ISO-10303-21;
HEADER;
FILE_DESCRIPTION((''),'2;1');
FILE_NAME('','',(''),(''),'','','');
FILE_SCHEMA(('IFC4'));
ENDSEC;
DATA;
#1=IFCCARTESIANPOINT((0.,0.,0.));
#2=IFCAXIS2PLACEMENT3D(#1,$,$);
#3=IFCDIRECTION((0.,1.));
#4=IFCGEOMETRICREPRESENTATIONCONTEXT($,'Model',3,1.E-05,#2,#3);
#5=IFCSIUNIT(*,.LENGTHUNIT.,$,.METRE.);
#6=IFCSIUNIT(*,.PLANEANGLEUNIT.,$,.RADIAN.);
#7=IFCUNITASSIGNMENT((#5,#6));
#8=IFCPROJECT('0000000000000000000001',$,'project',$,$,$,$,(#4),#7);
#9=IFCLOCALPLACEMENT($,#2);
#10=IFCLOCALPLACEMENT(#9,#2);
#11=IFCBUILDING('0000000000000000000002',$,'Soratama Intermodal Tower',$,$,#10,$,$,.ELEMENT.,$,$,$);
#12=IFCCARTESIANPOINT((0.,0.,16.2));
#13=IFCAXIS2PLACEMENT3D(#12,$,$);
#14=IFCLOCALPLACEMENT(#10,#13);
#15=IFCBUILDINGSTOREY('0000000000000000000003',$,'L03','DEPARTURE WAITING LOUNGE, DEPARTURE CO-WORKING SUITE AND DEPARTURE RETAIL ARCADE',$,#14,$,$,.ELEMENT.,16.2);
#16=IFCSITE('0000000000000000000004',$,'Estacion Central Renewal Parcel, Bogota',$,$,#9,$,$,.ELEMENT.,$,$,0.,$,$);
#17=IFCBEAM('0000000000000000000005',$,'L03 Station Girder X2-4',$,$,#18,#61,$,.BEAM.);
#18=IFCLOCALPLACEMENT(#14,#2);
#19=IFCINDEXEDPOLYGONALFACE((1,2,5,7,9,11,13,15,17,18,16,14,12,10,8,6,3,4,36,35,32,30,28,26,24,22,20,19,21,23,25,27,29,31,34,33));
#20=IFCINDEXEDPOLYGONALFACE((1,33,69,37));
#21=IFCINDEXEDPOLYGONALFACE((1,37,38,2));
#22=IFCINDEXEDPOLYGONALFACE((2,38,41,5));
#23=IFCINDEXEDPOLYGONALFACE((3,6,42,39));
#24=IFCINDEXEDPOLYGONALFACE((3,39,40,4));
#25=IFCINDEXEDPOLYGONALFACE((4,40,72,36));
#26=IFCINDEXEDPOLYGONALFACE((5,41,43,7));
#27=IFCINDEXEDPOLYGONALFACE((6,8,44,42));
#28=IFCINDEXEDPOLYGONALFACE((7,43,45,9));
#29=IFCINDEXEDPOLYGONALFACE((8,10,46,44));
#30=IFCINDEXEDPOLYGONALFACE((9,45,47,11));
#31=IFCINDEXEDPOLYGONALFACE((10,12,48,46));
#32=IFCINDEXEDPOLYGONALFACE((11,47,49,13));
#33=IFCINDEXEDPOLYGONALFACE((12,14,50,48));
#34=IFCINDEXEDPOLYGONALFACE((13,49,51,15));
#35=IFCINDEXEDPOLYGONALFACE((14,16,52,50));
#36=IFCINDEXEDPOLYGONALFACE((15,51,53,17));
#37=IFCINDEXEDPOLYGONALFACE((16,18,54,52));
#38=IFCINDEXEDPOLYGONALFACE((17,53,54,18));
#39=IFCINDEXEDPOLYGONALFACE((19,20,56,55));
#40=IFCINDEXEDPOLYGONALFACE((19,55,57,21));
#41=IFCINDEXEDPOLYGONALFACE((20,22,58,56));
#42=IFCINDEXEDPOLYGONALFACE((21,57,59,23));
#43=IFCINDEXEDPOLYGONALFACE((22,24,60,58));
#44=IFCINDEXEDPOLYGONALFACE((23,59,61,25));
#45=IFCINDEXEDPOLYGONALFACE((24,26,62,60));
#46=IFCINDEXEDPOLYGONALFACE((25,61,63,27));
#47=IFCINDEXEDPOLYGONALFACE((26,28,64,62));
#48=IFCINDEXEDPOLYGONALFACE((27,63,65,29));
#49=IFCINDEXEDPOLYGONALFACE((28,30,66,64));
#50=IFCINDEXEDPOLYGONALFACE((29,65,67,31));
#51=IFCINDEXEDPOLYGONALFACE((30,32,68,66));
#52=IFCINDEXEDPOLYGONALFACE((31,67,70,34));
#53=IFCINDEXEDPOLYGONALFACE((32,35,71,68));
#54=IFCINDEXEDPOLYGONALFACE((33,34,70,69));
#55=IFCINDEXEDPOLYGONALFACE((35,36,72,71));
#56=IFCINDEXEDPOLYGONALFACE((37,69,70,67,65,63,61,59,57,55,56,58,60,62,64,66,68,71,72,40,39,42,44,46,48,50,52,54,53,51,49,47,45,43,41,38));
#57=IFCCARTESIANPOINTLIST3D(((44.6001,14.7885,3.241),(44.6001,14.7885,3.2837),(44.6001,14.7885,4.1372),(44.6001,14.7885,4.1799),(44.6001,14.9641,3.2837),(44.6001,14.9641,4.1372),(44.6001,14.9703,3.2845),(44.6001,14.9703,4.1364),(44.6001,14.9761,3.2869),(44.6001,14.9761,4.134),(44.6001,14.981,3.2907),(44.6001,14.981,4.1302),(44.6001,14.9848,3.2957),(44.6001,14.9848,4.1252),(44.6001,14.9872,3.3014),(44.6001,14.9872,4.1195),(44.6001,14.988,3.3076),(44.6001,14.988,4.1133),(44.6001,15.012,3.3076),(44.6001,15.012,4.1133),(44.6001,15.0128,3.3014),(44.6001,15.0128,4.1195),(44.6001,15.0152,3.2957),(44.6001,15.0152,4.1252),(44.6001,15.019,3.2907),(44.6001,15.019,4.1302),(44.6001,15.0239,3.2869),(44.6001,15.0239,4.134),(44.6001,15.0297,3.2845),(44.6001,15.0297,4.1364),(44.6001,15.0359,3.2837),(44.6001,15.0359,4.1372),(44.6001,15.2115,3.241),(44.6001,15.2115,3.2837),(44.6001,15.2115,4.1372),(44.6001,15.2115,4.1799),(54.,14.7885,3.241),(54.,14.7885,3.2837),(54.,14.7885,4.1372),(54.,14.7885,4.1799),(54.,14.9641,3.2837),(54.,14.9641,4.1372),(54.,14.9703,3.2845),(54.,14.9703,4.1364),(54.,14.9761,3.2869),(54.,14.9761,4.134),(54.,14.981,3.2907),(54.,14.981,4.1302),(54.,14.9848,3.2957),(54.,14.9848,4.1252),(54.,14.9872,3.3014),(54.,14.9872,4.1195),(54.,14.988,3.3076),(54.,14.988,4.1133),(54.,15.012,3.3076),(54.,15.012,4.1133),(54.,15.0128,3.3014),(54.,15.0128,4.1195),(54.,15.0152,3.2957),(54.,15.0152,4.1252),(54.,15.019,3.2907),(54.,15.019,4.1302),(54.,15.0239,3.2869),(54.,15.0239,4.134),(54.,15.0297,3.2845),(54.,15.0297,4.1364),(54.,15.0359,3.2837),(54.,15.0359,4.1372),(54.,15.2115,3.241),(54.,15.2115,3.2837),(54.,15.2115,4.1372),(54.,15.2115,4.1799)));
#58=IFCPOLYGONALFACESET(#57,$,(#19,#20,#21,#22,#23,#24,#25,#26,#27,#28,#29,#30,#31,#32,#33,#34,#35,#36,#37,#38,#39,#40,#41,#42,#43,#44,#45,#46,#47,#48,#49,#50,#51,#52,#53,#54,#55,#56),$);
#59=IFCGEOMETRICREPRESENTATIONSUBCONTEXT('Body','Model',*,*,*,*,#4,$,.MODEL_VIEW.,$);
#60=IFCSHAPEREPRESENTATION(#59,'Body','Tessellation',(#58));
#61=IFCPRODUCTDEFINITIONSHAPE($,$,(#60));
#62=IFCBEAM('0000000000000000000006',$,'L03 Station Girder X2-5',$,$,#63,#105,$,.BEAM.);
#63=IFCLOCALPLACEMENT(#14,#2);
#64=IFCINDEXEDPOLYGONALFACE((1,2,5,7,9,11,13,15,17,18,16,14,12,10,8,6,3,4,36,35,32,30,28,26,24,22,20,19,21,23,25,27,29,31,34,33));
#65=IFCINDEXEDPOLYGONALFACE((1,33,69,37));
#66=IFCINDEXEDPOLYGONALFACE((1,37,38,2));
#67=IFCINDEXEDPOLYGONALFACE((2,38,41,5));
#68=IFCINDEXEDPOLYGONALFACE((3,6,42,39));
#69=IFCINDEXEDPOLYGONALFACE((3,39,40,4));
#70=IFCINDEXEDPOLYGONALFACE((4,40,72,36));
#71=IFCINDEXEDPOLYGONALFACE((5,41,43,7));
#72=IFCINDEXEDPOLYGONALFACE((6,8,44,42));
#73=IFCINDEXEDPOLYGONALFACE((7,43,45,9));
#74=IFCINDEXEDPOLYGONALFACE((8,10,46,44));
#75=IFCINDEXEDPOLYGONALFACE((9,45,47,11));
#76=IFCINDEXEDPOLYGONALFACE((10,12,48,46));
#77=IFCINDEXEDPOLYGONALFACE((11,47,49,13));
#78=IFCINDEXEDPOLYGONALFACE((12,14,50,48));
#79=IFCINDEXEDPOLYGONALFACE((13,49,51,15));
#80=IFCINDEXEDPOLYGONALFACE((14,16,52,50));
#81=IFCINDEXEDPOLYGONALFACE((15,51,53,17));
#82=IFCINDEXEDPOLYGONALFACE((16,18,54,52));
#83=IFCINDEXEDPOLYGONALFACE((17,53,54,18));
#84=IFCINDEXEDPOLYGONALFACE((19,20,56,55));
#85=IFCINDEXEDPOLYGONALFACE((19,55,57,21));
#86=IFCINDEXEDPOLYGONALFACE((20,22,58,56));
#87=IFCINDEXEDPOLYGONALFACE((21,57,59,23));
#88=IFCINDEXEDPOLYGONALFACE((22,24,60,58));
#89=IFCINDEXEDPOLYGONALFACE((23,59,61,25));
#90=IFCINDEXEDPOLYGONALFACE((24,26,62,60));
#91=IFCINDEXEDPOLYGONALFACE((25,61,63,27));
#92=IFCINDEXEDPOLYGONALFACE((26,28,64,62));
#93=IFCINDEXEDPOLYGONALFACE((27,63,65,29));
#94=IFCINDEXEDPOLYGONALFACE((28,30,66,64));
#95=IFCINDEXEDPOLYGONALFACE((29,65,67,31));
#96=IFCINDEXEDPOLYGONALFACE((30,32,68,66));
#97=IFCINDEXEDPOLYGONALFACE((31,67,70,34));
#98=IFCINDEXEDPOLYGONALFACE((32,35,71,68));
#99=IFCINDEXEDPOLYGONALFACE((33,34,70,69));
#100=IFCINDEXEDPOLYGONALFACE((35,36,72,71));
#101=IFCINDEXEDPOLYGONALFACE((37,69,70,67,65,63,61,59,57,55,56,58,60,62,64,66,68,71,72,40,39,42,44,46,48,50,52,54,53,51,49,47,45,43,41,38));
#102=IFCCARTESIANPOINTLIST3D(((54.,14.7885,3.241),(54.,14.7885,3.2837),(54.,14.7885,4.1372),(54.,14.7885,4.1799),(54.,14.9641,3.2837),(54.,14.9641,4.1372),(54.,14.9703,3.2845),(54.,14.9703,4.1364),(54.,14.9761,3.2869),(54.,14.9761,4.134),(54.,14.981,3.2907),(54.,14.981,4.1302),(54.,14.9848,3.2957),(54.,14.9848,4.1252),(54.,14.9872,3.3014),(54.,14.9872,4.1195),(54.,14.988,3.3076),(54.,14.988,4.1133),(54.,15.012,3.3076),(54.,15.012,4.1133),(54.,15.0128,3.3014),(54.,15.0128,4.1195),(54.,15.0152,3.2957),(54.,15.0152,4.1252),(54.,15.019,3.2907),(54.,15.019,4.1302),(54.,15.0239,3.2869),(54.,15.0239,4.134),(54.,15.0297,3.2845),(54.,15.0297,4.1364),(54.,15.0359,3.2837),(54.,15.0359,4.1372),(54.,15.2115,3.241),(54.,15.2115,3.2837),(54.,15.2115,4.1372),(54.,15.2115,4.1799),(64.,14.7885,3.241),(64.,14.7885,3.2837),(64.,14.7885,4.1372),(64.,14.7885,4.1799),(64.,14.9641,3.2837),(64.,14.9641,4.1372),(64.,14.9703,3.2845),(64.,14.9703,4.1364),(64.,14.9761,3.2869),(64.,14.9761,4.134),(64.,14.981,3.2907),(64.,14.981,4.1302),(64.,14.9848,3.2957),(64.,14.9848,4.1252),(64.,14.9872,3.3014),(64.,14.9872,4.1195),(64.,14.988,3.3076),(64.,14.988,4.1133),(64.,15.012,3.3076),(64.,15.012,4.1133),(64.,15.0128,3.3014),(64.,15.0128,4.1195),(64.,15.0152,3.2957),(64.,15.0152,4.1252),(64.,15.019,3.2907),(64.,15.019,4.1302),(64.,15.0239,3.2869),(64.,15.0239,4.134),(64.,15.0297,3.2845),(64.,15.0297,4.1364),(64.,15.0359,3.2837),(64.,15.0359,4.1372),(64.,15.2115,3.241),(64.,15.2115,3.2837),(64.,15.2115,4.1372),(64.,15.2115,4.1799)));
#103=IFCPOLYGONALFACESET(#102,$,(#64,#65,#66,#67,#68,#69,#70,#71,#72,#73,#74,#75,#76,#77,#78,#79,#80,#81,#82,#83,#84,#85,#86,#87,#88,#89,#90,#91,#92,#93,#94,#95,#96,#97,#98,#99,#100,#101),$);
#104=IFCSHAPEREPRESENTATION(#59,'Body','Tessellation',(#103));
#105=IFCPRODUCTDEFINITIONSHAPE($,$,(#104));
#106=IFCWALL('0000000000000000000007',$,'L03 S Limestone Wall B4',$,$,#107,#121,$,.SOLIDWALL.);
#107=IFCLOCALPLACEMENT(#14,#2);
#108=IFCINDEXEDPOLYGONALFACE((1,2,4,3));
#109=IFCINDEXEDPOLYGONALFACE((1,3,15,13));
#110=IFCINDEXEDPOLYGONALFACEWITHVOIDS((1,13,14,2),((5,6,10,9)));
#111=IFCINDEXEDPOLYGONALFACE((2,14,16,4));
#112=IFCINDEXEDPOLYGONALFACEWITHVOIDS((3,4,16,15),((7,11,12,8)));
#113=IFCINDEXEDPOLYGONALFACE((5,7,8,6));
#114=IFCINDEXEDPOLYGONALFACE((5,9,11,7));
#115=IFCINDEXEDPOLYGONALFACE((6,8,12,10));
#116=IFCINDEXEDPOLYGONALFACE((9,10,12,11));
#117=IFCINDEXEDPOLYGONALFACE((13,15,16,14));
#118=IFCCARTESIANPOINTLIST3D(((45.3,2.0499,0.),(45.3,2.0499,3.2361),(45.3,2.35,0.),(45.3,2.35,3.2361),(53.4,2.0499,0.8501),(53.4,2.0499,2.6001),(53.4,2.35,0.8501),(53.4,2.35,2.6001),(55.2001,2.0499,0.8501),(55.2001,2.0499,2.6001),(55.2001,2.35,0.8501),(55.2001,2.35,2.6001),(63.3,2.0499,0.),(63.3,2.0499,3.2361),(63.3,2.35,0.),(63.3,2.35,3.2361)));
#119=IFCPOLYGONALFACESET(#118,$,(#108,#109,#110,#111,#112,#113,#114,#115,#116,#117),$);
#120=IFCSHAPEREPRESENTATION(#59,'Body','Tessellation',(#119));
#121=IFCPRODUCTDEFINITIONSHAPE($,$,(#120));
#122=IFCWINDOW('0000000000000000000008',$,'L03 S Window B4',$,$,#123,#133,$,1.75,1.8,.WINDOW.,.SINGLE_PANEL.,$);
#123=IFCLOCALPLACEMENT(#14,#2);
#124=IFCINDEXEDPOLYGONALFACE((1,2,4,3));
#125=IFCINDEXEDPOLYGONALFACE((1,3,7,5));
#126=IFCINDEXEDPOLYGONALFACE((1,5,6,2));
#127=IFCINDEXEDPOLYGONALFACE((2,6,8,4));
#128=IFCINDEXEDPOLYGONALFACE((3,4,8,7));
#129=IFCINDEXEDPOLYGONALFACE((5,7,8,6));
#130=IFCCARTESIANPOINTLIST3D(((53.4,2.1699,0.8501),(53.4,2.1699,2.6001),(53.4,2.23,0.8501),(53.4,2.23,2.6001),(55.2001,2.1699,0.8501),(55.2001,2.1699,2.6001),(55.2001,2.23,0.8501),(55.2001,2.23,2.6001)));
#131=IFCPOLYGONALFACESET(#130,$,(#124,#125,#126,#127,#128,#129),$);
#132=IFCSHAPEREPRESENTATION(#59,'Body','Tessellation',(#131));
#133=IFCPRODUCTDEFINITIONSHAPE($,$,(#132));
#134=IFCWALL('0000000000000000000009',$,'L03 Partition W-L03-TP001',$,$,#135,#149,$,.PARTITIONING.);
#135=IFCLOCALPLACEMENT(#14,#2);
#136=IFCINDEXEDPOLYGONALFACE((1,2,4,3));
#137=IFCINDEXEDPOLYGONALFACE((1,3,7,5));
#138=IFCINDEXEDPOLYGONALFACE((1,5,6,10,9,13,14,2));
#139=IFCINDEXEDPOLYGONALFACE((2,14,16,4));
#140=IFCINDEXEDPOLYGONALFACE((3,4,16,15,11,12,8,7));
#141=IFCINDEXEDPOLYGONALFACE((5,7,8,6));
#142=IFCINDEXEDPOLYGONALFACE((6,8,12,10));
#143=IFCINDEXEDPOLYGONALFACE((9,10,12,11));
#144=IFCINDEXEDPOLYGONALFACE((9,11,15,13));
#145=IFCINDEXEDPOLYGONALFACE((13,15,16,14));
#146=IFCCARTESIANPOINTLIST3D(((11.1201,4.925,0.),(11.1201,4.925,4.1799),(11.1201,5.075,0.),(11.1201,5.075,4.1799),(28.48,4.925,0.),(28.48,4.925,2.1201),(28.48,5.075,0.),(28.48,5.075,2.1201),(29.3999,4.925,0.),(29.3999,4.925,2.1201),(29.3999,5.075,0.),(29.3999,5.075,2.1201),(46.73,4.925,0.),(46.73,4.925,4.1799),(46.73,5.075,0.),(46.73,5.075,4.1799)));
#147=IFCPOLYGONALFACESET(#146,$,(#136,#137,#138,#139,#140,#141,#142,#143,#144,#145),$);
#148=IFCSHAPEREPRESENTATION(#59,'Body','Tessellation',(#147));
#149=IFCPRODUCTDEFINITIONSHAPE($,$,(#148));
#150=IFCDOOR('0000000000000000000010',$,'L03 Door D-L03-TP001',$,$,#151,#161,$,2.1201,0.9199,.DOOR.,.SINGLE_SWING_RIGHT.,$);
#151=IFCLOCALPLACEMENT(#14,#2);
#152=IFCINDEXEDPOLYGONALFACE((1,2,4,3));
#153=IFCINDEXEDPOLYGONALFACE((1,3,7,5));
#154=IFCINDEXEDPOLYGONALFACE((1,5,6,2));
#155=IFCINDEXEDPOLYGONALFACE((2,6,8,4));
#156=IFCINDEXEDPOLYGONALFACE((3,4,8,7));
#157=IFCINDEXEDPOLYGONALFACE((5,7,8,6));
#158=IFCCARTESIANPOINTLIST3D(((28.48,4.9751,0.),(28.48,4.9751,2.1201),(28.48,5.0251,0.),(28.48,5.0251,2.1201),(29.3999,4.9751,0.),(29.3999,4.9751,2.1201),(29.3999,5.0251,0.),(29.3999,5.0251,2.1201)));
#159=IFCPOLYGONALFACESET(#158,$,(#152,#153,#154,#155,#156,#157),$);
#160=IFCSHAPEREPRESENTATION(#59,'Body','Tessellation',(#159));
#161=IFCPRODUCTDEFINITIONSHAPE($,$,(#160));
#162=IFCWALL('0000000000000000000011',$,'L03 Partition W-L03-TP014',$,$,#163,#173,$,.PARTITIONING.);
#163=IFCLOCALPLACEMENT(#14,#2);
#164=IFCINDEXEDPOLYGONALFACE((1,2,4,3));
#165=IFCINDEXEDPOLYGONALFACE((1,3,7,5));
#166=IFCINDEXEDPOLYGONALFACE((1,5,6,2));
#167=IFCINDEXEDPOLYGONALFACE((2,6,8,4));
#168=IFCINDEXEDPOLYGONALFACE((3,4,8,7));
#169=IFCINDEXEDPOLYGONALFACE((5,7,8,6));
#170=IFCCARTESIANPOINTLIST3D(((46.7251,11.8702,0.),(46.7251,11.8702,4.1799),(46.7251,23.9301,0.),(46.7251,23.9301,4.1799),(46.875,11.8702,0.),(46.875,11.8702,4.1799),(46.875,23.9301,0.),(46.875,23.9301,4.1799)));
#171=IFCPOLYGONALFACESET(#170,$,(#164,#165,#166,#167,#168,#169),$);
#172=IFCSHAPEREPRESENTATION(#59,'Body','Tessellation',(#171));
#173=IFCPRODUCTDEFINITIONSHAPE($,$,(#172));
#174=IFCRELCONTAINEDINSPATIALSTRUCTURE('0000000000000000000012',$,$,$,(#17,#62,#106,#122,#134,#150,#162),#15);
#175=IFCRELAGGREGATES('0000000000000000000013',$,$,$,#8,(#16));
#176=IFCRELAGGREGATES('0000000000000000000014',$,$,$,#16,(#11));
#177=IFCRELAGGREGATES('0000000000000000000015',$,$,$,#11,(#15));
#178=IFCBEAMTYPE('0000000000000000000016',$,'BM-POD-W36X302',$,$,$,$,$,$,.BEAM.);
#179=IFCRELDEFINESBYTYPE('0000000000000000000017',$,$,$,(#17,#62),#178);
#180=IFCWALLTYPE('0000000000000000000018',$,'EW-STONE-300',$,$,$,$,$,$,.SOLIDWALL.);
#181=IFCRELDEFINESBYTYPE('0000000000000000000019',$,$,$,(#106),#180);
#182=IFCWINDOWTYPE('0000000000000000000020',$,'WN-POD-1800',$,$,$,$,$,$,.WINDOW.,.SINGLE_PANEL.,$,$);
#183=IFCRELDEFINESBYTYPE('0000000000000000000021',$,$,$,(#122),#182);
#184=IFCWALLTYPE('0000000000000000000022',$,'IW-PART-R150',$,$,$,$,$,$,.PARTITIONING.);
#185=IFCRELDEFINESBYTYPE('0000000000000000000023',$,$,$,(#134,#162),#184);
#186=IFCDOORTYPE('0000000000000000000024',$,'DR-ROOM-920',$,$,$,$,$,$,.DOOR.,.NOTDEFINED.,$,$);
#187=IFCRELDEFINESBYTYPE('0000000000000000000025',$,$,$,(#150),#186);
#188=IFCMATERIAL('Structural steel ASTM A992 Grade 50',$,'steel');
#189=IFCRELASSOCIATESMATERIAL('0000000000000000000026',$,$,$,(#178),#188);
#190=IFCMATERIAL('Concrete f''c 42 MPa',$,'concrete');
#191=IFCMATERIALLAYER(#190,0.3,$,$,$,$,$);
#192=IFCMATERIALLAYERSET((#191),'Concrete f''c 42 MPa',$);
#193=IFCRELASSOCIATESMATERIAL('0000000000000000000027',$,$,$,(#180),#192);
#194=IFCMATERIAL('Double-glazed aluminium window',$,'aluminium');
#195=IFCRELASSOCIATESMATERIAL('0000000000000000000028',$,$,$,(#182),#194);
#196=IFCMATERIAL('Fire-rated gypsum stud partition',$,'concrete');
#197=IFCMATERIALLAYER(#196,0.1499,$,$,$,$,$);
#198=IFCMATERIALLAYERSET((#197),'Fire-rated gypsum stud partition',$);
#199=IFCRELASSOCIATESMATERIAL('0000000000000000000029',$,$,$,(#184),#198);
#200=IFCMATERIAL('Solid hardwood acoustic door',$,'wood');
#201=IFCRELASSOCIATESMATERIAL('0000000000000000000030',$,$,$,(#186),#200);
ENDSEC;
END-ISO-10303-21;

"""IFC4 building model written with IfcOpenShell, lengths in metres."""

from ifc_helpers import new_model, si_unit, direction, frame, frame_2d, origin, origin_2d, place, context, subcontext, project, spatial, rectangle, i_section, extrude, material, layer, layer_set, material_profile, profile_set, type_object, element, fill, save


model = new_model("IFC4")

# Units and contexts
model_context = context("Model", 3, precision=1e-05, world=origin(), true_north=direction((0.0, 1.0)))
body_context = subcontext(model_context, "Body", "Model", "MODEL_VIEW")
ifc_project = project(units=[si_unit("LENGTHUNIT", "METRE"), si_unit("PLANEANGLEUNIT", "RADIAN")], contexts=[model_context])

# Site, building, storey
site_placement = place(None, origin())
site = spatial("IfcSite", under=ifc_project, at=site_placement, Name="Estacion Central Renewal Parcel, Bogota", CompositionType="ELEMENT", RefElevation=0.0)
building_placement = place(site_placement, origin())
building = spatial("IfcBuilding", under=site, at=building_placement, Name="Soratama Intermodal Tower", CompositionType="ELEMENT")
storey_placement = place(building_placement, frame((0.0, 0.0, 16.2)))
storey = spatial("IfcBuildingStorey", under=building, at=storey_placement, Name="L03", Description="DEPARTURE WAITING LOUNGE, DEPARTURE CO-WORKING SUITE AND DEPARTURE RETAIL ARCADE", CompositionType="ELEMENT", Elevation=16.2)

# Beams
ifc_material_1 = material(Name="Structural steel ASTM A992 Grade 50", Category="steel")
ifc_material_profile_1 = material_profile(ifc_material_1, i_section(OverallWidth=0.4231, OverallDepth=0.939, WebThickness=0.0239, FlangeThickness=0.0427, FilletRadius=0.0239, at=origin_2d()), Name="W36X302")
ifc_profile_set_1 = profile_set([ifc_material_profile_1], Name="Structural steel ASTM A992 Grade 50")
beam_type_1 = type_object("IfcBeamType", Name="BM-POD-W36X302", PredefinedType="BEAM", material=ifc_profile_set_1)
beam_1_placement = place(storey_placement, frame((44.6001, 15.0, 3.7104), z_axis=(1.0, 0.0, 0.0), x_axis=(0.0, 1.0, 0.0)))
element("IfcBeam", 1, at=beam_1_placement, inside=storey, type_object=beam_type_1, Name="L03 Station Girder X2-4", PredefinedType="BEAM", context=body_context, shape_type="SweptSolid", body=[
    extrude(i_section(OverallWidth=0.4231, OverallDepth=0.939, WebThickness=0.0239, FlangeThickness=0.0427, FilletRadius=0.0239, at=origin_2d()), origin(), (0.0, 0.0, 1.0), 9.3999),
])
beam_2_placement = place(storey_placement, frame((54.0, 15.0, 3.7104), z_axis=(1.0, 0.0, 0.0), x_axis=(0.0, 1.0, 0.0)))
element("IfcBeam", 2, at=beam_2_placement, inside=storey, type_object=beam_type_1, Name="L03 Station Girder X2-5", PredefinedType="BEAM", context=body_context, shape_type="SweptSolid", body=[
    extrude(i_section(OverallWidth=0.4231, OverallDepth=0.939, WebThickness=0.0239, FlangeThickness=0.0427, FilletRadius=0.0239, at=origin_2d()), origin(), (0.0, 0.0, 1.0), 10.0),
])

# Wall, opening, window
ifc_material_2 = material(Name="Concrete f'c 42 MPa", Category="concrete")
ifc_layer_1 = layer(ifc_material_2, 0.3)
ifc_layer_set_1 = layer_set([ifc_layer_1], Name="Concrete f'c 42 MPa")
wall_type_1 = type_object("IfcWallType", Name="EW-STONE-300", PredefinedType="SOLIDWALL", material=ifc_layer_set_1)
wall_1_placement = place(storey_placement, frame((63.3, 2.2, 0.0), z_axis=(0.0, 0.0, 1.0), x_axis=(-1.0, 0.0, 0.0)))
wall_1 = element("IfcWall", 3, at=wall_1_placement, inside=storey, type_object=wall_type_1, Name="L03 S Limestone Wall B4", PredefinedType="SOLIDWALL", context=body_context, shape_type="SweptSolid", body=[
    extrude(rectangle(XDim=18.0, YDim=0.3, at=frame_2d((9.0, 0.0))), origin(), (0.0, 0.0, 1.0), 3.2361),
])
opening_1_placement = place(wall_1_placement, frame((8.1001, 0.0, 0.8501)))
opening_1 = element("IfcOpeningElement", 4, at=opening_1_placement, cuts=wall_1, PredefinedType="OPENING", context=body_context, shape_type="SweptSolid", body=[
    extrude(rectangle(XDim=1.8, YDim=1.75, at=frame_2d((0.8999, 0.875))), frame((0.0, 0.1599, 0.0), z_axis=(0.0, -1.0, 0.0), x_axis=(1.0, 0.0, 0.0)), (0.0, 0.0, 1.0), 0.3201),
])
ifc_material_3 = material(Name="Double-glazed aluminium window", Category="aluminium")
window_type = type_object("IfcWindowType", Name="WN-POD-1800", PartitioningType="SINGLE_PANEL", PredefinedType="WINDOW", material=ifc_material_3)
window_placement = place(opening_1_placement, origin())
window = element("IfcWindow", 5, at=window_placement, inside=storey, type_object=window_type, Name="L03 S Window B4", OverallHeight=1.75, OverallWidth=1.8, PartitioningType="SINGLE_PANEL", PredefinedType="WINDOW", context=body_context, shape_type="SweptSolid", body=[
    extrude(rectangle(XDim=1.8, YDim=1.75, at=frame_2d((0.8999, 0.875))), frame((0.0, 0.03, 0.0), z_axis=(0.0, -1.0, 0.0), x_axis=(1.0, 0.0, 0.0)), (0.0, 0.0, 1.0), 0.0601),
])
fill(opening_1, window)

# Wall, opening, door
ifc_material_4 = material(Name="Fire-rated gypsum stud partition", Category="concrete")
ifc_layer_2 = layer(ifc_material_4, 0.1499)
ifc_layer_set_2 = layer_set([ifc_layer_2], Name="Fire-rated gypsum stud partition")
wall_type_2 = type_object("IfcWallType", Name="IW-PART-R150", PredefinedType="PARTITIONING", material=ifc_layer_set_2)
wall_2_placement = place(storey_placement, frame((46.73, 5.0, 0.0), z_axis=(0.0, 0.0, 1.0), x_axis=(-1.0, 0.0, 0.0)))
wall_2 = element("IfcWall", 6, at=wall_2_placement, inside=storey, type_object=wall_type_2, Name="L03 Partition W-L03-TP001", PredefinedType="PARTITIONING", context=body_context, shape_type="SweptSolid", body=[
    extrude(rectangle(XDim=35.6099, YDim=0.1499, at=frame_2d((17.8049, 0.0))), origin(), (0.0, 0.0, 1.0), 4.1799),
])
opening_2_placement = place(wall_2_placement, frame((17.3301, 0.0, 0.0)))
opening_2 = element("IfcOpeningElement", 7, at=opening_2_placement, cuts=wall_2, PredefinedType="OPENING", context=body_context, shape_type="SweptSolid", body=[
    extrude(rectangle(XDim=0.9199, YDim=2.1201, at=frame_2d((0.46, 1.0601))), frame((0.0, 0.085, 0.0), z_axis=(0.0, -1.0, 0.0), x_axis=(1.0, 0.0, 0.0)), (0.0, 0.0, 1.0), 0.1699),
])
ifc_material_5 = material(Name="Solid hardwood acoustic door", Category="wood")
door_type = type_object("IfcDoorType", Name="DR-ROOM-920", OperationType="NOTDEFINED", PredefinedType="DOOR", material=ifc_material_5)
door_placement = place(opening_2_placement, origin())
door = element("IfcDoor", 8, at=door_placement, inside=storey, type_object=door_type, Name="L03 Door D-L03-TP001", OperationType="SINGLE_SWING_RIGHT", OverallHeight=2.1201, OverallWidth=0.9199, PredefinedType="DOOR", context=body_context, shape_type="SweptSolid", body=[
    extrude(rectangle(XDim=0.9199, YDim=2.1201, at=frame_2d((0.46, 1.0601))), frame((0.0, 0.0249, 0.0), z_axis=(0.0, -1.0, 0.0), x_axis=(1.0, 0.0, 0.0)), (0.0, 0.0, 1.0), 0.05),
])
fill(opening_2, door)

# Wall
wall_3_placement = place(storey_placement, frame((46.8, 23.9299, 0.0), z_axis=(0.0, 0.0, 1.0), x_axis=(0.0, -1.0, 0.0)))
element("IfcWall", 9, at=wall_3_placement, inside=storey, type_object=wall_type_2, Name="L03 Partition W-L03-TP014", PredefinedType="PARTITIONING", context=body_context, shape_type="SweptSolid", body=[
    extrude(rectangle(XDim=12.0598, YDim=0.1499, at=frame_2d((6.0298, 0.0))), origin(), (0.0, 0.0, 1.0), 4.1799),
])

save(model, "model.ifc")
